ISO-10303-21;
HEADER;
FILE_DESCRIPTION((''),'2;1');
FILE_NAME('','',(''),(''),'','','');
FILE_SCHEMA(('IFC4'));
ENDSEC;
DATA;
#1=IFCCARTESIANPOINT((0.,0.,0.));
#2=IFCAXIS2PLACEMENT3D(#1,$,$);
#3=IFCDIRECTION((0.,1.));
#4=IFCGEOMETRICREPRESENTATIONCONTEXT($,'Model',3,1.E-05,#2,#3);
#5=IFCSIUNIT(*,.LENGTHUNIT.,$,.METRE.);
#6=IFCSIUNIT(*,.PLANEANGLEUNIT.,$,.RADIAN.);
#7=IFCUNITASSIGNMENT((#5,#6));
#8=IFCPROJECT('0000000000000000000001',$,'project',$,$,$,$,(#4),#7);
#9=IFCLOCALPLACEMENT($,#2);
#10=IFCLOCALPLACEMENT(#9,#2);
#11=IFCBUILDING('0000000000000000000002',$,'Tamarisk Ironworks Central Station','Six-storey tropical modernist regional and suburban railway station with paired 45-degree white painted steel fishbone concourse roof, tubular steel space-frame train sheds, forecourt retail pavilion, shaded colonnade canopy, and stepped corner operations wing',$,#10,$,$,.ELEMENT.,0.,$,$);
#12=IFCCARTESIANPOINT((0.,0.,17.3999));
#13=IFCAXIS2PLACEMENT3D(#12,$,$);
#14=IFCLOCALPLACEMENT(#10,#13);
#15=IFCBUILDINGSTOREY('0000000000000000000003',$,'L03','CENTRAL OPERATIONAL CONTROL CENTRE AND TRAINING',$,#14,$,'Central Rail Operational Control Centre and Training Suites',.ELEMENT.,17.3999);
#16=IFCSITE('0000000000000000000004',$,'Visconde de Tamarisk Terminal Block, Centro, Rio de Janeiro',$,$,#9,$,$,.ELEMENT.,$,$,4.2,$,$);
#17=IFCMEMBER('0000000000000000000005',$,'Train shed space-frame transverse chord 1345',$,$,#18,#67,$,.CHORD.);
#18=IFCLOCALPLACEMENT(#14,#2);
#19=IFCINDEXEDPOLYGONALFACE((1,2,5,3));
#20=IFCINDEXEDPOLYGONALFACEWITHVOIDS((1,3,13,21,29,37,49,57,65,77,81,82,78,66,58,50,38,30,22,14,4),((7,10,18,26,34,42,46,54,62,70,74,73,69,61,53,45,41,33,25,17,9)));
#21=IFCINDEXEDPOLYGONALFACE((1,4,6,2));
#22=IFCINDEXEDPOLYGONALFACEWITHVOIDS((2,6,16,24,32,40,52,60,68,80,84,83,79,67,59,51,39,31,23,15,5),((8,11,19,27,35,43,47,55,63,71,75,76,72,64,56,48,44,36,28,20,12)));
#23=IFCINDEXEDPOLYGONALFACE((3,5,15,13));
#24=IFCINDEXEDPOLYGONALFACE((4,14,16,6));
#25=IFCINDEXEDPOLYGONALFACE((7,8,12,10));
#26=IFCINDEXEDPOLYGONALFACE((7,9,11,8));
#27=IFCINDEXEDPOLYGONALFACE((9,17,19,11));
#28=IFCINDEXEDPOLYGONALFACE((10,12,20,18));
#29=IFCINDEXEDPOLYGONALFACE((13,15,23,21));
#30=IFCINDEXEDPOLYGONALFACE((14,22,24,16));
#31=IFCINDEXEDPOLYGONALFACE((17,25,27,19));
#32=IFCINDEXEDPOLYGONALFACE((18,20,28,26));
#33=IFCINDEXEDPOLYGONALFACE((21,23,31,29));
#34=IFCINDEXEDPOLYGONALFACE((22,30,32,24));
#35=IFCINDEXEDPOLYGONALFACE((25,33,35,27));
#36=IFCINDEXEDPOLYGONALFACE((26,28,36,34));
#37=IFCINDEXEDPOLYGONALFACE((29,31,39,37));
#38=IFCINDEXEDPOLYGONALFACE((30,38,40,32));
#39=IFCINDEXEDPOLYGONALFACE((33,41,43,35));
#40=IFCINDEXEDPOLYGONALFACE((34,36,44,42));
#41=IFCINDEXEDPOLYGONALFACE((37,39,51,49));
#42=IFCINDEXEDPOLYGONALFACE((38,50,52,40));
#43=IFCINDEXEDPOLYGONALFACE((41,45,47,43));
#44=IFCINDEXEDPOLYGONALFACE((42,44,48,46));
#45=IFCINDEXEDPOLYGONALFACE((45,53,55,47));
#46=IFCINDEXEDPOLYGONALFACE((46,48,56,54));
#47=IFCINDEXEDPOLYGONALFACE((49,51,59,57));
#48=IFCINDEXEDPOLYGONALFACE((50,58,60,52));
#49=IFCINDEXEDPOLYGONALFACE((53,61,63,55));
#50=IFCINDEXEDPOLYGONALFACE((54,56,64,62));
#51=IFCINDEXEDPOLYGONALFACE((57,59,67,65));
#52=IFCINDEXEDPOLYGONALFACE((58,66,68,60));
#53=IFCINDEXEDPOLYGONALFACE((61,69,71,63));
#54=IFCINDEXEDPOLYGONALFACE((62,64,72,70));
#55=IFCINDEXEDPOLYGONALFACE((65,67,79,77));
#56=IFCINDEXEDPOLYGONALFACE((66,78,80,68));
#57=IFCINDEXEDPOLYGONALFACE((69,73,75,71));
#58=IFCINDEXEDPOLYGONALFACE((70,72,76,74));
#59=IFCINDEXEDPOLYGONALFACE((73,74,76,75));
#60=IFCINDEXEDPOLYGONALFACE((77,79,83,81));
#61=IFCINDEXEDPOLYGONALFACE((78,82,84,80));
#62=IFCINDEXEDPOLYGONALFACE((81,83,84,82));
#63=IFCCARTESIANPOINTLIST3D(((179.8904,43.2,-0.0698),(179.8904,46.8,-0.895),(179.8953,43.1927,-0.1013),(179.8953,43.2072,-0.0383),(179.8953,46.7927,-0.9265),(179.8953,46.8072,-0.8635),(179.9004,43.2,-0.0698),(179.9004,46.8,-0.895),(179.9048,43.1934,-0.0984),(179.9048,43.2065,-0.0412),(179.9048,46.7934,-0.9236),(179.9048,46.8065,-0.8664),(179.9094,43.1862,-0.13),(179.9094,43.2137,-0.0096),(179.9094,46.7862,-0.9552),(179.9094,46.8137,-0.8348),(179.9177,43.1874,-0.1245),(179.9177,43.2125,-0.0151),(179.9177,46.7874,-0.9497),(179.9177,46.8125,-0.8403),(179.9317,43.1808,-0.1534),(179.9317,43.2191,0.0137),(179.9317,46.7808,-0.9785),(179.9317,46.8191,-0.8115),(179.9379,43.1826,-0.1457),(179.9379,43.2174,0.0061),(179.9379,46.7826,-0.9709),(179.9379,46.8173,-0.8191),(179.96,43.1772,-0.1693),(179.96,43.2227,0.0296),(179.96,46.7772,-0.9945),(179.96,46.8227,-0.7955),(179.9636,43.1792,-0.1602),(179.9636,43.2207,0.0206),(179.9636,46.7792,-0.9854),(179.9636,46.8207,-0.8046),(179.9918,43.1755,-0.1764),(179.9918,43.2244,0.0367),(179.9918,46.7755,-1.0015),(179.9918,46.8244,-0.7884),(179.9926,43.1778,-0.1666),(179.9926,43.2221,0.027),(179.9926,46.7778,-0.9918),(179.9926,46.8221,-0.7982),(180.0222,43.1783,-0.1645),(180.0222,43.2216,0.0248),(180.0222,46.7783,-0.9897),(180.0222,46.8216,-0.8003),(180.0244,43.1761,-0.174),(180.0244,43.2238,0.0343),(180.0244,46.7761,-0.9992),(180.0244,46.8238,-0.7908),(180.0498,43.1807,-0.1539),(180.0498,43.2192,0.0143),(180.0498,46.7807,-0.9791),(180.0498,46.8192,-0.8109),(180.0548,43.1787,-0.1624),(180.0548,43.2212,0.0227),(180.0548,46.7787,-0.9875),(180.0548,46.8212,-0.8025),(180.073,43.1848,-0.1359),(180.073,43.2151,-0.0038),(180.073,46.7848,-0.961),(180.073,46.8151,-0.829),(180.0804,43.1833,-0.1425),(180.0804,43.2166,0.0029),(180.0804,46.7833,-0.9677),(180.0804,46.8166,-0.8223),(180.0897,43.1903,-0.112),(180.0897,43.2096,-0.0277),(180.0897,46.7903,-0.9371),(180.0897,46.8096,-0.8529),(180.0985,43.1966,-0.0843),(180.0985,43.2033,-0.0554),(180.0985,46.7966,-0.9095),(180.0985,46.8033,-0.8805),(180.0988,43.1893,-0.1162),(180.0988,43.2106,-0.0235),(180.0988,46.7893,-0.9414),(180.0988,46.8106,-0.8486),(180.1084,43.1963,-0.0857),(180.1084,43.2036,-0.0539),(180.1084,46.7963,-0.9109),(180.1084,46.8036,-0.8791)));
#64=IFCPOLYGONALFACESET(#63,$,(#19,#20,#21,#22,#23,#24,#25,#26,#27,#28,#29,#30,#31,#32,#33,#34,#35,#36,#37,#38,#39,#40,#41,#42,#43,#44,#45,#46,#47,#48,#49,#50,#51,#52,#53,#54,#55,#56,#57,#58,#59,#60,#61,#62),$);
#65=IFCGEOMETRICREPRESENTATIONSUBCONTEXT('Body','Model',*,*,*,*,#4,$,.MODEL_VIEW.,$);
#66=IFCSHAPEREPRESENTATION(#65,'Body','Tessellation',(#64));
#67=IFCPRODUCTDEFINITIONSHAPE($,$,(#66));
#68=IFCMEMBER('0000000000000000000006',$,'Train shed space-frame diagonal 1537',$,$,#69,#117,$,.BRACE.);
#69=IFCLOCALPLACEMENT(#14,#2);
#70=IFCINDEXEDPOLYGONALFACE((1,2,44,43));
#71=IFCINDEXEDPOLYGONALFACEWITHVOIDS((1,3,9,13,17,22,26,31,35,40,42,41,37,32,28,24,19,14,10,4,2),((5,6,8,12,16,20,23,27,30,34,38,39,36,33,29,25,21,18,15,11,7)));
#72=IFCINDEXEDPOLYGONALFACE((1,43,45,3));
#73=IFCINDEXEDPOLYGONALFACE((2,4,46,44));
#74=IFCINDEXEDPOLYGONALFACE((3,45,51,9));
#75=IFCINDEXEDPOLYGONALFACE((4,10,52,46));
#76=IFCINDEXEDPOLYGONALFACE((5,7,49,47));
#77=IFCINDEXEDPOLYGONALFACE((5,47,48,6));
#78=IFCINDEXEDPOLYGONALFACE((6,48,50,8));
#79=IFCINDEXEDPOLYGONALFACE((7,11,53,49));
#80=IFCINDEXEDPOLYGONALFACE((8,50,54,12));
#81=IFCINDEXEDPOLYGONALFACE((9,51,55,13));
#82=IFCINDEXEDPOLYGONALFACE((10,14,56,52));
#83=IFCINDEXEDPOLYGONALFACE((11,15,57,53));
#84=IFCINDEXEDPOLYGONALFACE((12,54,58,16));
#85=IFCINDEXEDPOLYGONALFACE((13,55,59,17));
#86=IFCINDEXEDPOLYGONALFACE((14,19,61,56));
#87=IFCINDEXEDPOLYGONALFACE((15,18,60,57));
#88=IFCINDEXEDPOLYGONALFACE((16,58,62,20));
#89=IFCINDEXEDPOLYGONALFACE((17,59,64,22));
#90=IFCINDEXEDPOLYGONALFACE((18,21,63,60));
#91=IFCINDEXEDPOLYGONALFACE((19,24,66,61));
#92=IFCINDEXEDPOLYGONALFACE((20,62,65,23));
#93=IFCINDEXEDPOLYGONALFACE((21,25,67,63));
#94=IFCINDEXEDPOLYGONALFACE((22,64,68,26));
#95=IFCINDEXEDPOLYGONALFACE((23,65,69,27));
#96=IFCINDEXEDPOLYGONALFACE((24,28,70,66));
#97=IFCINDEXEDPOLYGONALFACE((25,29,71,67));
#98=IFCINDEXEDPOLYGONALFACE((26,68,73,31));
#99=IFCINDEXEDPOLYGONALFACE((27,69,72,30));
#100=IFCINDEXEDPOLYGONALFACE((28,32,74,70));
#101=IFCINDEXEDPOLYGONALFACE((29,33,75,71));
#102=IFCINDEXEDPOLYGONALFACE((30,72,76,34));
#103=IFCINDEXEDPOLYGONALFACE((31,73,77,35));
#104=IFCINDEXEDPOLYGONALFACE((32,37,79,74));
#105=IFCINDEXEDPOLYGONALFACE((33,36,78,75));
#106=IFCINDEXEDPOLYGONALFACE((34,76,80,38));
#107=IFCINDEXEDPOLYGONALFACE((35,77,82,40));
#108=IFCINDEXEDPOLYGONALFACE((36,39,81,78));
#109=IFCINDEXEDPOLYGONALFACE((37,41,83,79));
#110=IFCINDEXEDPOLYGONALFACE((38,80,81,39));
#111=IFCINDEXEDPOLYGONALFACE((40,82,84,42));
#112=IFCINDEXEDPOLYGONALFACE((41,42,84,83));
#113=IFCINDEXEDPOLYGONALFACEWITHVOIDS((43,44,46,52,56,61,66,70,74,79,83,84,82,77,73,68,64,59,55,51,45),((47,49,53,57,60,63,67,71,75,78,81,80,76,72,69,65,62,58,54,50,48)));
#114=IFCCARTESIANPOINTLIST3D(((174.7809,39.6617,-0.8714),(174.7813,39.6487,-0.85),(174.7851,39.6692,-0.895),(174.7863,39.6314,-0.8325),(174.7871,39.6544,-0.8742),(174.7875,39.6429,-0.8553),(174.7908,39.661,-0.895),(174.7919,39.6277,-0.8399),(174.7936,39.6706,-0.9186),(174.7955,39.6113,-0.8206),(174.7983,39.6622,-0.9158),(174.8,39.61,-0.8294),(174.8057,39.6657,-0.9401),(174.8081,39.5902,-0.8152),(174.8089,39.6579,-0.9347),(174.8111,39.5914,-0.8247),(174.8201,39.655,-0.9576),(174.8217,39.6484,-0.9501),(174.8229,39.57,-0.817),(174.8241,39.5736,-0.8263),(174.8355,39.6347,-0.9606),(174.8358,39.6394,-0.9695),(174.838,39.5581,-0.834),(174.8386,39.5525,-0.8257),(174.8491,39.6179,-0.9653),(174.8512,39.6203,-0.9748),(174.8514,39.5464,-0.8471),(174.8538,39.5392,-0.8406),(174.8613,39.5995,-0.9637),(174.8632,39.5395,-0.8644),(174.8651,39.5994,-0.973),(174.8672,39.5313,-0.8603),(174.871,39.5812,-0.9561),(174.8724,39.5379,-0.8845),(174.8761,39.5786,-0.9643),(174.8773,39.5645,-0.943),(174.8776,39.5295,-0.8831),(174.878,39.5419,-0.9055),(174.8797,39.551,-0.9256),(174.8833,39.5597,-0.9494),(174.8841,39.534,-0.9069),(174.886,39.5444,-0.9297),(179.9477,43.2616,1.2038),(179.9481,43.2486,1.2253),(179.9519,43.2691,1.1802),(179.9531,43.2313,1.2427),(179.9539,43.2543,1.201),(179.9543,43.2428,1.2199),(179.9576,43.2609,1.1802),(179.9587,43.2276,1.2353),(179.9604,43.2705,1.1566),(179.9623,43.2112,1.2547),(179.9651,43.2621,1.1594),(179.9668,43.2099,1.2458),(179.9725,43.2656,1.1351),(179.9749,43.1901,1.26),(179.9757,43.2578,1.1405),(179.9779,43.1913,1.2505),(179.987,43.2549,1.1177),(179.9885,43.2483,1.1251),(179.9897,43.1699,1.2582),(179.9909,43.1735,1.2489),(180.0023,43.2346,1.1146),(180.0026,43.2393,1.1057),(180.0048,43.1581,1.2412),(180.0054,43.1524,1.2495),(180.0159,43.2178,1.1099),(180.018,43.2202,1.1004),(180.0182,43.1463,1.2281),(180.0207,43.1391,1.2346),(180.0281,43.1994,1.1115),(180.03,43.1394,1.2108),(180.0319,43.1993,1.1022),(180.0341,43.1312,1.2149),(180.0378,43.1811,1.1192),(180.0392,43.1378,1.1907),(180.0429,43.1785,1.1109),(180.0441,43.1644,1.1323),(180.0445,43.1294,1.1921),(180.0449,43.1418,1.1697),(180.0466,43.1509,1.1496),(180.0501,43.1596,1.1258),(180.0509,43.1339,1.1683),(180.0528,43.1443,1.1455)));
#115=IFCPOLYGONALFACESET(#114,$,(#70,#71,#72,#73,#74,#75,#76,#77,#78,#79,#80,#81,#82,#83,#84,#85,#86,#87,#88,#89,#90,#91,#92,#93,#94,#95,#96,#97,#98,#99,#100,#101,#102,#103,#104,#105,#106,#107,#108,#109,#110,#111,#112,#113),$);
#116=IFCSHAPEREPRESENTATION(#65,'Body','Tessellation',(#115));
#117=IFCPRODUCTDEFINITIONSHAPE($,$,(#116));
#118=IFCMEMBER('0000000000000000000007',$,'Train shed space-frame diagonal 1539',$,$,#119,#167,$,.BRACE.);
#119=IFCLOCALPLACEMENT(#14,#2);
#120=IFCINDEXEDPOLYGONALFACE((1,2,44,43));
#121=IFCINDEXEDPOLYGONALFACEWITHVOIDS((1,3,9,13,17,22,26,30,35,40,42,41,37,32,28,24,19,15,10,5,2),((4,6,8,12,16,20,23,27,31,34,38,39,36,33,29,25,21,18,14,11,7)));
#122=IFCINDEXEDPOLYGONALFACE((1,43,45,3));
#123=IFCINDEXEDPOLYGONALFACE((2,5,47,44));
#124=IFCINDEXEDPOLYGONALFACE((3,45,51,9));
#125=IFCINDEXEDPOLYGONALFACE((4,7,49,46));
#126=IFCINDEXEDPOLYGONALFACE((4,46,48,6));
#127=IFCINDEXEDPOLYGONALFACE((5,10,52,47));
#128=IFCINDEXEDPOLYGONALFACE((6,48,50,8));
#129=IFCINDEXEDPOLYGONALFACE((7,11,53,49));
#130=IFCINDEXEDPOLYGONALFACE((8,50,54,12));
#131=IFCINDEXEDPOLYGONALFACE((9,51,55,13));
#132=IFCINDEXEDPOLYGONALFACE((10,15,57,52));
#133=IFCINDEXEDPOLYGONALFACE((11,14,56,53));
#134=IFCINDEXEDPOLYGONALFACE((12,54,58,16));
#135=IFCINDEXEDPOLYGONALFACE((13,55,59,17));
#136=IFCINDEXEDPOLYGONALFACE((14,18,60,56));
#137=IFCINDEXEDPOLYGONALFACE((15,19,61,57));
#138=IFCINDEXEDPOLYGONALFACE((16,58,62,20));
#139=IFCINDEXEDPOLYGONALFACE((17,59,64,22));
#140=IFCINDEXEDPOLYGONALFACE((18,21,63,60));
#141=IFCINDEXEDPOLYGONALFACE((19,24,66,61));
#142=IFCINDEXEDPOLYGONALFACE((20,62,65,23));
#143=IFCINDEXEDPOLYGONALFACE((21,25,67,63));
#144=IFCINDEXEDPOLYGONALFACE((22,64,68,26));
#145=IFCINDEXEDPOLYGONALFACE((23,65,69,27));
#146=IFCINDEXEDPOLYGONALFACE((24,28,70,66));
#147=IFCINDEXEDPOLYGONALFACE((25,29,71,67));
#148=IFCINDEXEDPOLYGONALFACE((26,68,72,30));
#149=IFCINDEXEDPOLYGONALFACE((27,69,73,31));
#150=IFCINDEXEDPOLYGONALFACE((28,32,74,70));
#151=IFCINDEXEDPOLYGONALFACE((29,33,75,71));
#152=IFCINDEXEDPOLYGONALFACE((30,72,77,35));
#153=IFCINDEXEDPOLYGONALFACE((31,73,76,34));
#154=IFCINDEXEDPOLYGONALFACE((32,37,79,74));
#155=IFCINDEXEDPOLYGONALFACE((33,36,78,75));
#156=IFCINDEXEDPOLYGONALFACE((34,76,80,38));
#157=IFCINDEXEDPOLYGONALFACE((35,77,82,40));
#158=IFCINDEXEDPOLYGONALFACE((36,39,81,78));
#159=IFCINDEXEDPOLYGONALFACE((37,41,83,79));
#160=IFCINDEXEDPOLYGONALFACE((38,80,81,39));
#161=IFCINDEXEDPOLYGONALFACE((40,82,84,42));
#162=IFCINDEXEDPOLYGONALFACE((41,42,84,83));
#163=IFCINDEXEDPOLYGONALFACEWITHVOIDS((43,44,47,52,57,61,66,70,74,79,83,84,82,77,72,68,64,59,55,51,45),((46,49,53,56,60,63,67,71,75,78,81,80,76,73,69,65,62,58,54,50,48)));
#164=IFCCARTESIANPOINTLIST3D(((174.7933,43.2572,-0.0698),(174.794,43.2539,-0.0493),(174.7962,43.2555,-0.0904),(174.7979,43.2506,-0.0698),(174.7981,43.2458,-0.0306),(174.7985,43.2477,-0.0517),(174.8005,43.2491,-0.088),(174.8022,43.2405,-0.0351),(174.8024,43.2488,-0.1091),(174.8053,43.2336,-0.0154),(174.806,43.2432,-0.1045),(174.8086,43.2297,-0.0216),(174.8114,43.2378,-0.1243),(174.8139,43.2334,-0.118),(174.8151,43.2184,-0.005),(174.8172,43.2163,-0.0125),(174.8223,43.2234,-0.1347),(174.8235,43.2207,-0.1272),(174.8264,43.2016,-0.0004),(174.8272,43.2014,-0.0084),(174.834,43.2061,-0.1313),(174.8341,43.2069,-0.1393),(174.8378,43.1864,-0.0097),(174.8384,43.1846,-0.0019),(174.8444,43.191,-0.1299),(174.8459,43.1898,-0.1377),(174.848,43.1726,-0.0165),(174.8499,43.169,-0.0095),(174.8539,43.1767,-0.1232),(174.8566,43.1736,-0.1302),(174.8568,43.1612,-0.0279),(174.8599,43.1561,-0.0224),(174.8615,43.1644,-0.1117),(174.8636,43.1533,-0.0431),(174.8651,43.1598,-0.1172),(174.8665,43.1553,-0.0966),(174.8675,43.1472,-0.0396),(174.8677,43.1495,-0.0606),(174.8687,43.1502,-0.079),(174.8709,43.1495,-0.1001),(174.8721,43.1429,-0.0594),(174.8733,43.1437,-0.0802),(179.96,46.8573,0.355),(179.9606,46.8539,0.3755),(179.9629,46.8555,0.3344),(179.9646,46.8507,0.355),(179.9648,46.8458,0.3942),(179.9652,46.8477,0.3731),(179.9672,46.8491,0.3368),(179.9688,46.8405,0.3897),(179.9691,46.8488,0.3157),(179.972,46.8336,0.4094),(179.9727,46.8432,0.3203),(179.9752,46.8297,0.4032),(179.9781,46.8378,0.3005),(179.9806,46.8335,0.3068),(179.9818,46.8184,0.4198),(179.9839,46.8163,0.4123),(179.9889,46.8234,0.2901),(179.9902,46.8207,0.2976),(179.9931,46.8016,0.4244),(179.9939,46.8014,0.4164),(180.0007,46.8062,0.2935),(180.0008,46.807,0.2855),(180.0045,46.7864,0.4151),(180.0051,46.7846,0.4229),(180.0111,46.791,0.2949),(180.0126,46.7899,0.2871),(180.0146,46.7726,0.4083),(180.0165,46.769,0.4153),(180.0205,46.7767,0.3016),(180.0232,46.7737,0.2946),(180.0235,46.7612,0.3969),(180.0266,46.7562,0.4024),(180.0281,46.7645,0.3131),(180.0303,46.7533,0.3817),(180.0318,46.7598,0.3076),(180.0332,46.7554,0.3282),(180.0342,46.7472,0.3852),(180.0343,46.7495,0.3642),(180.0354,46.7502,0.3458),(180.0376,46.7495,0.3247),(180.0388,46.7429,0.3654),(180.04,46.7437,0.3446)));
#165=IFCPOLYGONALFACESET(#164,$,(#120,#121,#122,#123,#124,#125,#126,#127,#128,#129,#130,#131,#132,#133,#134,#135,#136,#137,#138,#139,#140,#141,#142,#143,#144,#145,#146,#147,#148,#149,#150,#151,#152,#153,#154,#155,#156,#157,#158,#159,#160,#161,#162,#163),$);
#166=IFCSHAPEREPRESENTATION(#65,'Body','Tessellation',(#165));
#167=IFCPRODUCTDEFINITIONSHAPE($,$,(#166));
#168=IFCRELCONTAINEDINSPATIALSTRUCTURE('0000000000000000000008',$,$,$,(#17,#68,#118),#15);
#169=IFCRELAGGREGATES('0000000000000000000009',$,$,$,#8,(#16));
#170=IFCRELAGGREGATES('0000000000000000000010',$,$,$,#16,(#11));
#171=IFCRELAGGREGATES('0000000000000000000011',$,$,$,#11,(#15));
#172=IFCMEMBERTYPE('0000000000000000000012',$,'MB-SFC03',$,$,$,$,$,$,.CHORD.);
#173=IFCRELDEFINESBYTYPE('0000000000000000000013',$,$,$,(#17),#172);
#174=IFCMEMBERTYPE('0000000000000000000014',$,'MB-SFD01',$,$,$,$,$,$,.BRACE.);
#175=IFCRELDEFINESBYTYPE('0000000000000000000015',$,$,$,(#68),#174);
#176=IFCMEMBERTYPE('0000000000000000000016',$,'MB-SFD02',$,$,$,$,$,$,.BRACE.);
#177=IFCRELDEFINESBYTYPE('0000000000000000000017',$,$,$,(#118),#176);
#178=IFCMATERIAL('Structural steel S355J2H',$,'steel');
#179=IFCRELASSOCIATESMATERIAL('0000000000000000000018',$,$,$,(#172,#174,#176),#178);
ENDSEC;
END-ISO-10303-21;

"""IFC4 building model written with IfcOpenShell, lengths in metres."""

from ifc_helpers import new_model, si_unit, direction, frame, origin, origin_2d, place, context, subcontext, project, spatial, hollow_circle, extrude, material, material_profile, profile_set, type_object, element, save


model = new_model("IFC4")

# Units and contexts
model_context = context("Model", 3, precision=1e-05, world=origin(), true_north=direction((0.0, 1.0)))
body_context = subcontext(model_context, "Body", "Model", "MODEL_VIEW")
ifc_project = project(units=[si_unit("LENGTHUNIT", "METRE"), si_unit("PLANEANGLEUNIT", "RADIAN")], contexts=[model_context])

# Site, building, storey
site_placement = place(None, origin())
site = spatial("IfcSite", under=ifc_project, at=site_placement, Name="Visconde de Tamarisk Terminal Block, Centro, Rio de Janeiro", CompositionType="ELEMENT", RefElevation=4.2)
building_placement = place(site_placement, origin())
building = spatial("IfcBuilding", under=site, at=building_placement, Name="Tamarisk Ironworks Central Station", Description="Six-storey tropical modernist regional and suburban railway station with paired 45-degree white painted steel fishbone concourse roof, tubular steel space-frame train sheds, forecourt retail pavilion, shaded colonnade canopy, and stepped corner operations wing", CompositionType="ELEMENT", ElevationOfRefHeight=0.0)
storey_placement = place(building_placement, frame((0.0, 0.0, 17.3999)))
storey = spatial("IfcBuildingStorey", under=building, at=storey_placement, Name="L03", Description="CENTRAL OPERATIONAL CONTROL CENTRE AND TRAINING", LongName="Central Rail Operational Control Centre and Training Suites", CompositionType="ELEMENT", Elevation=17.3999)

# Members
ifc_material = material(Name="Structural steel S355J2H", Category="steel")
ifc_material_profile_1 = material_profile(ifc_material, hollow_circle(Radius=0.1096, WallThickness=0.01, at=origin_2d()), Name="CHS 219.1x10")
ifc_profile_set_1 = profile_set([ifc_material_profile_1], Name="Structural steel S355J2H")
member_type_1 = type_object("IfcMemberType", Name="MB-SFC03", PredefinedType="CHORD", material=ifc_profile_set_1)
member_1_placement = place(storey_placement, frame((180.0, 43.2, -0.0698), z_axis=(0.0, 0.974722, -0.223421), x_axis=(-1.0, 0.0, 0.0)))
element("IfcMember", 1, at=member_1_placement, inside=storey, type_object=member_type_1, Name="Train shed space-frame transverse chord 1345", PredefinedType="CHORD", context=body_context, shape_type="SweptSolid", body=[
    extrude(hollow_circle(Radius=0.1096, WallThickness=0.01, at=origin_2d()), origin(), (0.0, 0.0, 1.0), 3.6934),
])
ifc_material_profile_2 = material_profile(ifc_material, hollow_circle(Radius=0.0842, WallThickness=0.01, at=origin_2d()), Name="CHS 168.3x10")
ifc_profile_set_2 = profile_set([ifc_material_profile_2], Name="Structural steel S355J2H")
member_type_2 = type_object("IfcMemberType", Name="MB-SFD01", PredefinedType="BRACE", material=ifc_profile_set_2)
member_2_placement = place(storey_placement, frame((174.8333, 39.6001, -0.895), z_axis=(0.779265, 0.542941, 0.312987), x_axis=(-0.571663, 0.820489, 0.0)))
element("IfcMember", 2, at=member_2_placement, inside=storey, type_object=member_type_2, Name="Train shed space-frame diagonal 1537", PredefinedType="BRACE", context=body_context, shape_type="SweptSolid", body=[
    extrude(hollow_circle(Radius=0.0842, WallThickness=0.01, at=origin_2d()), origin(), (0.0, 0.0, 1.0), 6.6304),
])
ifc_material_profile_3 = material_profile(ifc_material, hollow_circle(Radius=0.0698, WallThickness=0.0081, at=origin_2d()), Name="CHS 139.7x8")
ifc_profile_set_3 = profile_set([ifc_material_profile_3], Name="Structural steel S355J2H")
member_type_3 = type_object("IfcMemberType", Name="MB-SFD02", PredefinedType="BRACE", material=ifc_profile_set_3)
member_3_placement = place(storey_placement, frame((174.8333, 43.2, -0.0698), z_axis=(0.81861, 0.570393, 0.067305), x_axis=(-0.571689, 0.82047, 0.0)))
element("IfcMember", 3, at=member_3_placement, inside=storey, type_object=member_type_3, Name="Train shed space-frame diagonal 1539", PredefinedType="BRACE", context=body_context, shape_type="SweptSolid", body=[
    extrude(hollow_circle(Radius=0.0698, WallThickness=0.0081, at=origin_2d()), origin(), (0.0, 0.0, 1.0), 6.3115),
])

save(model, "model.ifc")
